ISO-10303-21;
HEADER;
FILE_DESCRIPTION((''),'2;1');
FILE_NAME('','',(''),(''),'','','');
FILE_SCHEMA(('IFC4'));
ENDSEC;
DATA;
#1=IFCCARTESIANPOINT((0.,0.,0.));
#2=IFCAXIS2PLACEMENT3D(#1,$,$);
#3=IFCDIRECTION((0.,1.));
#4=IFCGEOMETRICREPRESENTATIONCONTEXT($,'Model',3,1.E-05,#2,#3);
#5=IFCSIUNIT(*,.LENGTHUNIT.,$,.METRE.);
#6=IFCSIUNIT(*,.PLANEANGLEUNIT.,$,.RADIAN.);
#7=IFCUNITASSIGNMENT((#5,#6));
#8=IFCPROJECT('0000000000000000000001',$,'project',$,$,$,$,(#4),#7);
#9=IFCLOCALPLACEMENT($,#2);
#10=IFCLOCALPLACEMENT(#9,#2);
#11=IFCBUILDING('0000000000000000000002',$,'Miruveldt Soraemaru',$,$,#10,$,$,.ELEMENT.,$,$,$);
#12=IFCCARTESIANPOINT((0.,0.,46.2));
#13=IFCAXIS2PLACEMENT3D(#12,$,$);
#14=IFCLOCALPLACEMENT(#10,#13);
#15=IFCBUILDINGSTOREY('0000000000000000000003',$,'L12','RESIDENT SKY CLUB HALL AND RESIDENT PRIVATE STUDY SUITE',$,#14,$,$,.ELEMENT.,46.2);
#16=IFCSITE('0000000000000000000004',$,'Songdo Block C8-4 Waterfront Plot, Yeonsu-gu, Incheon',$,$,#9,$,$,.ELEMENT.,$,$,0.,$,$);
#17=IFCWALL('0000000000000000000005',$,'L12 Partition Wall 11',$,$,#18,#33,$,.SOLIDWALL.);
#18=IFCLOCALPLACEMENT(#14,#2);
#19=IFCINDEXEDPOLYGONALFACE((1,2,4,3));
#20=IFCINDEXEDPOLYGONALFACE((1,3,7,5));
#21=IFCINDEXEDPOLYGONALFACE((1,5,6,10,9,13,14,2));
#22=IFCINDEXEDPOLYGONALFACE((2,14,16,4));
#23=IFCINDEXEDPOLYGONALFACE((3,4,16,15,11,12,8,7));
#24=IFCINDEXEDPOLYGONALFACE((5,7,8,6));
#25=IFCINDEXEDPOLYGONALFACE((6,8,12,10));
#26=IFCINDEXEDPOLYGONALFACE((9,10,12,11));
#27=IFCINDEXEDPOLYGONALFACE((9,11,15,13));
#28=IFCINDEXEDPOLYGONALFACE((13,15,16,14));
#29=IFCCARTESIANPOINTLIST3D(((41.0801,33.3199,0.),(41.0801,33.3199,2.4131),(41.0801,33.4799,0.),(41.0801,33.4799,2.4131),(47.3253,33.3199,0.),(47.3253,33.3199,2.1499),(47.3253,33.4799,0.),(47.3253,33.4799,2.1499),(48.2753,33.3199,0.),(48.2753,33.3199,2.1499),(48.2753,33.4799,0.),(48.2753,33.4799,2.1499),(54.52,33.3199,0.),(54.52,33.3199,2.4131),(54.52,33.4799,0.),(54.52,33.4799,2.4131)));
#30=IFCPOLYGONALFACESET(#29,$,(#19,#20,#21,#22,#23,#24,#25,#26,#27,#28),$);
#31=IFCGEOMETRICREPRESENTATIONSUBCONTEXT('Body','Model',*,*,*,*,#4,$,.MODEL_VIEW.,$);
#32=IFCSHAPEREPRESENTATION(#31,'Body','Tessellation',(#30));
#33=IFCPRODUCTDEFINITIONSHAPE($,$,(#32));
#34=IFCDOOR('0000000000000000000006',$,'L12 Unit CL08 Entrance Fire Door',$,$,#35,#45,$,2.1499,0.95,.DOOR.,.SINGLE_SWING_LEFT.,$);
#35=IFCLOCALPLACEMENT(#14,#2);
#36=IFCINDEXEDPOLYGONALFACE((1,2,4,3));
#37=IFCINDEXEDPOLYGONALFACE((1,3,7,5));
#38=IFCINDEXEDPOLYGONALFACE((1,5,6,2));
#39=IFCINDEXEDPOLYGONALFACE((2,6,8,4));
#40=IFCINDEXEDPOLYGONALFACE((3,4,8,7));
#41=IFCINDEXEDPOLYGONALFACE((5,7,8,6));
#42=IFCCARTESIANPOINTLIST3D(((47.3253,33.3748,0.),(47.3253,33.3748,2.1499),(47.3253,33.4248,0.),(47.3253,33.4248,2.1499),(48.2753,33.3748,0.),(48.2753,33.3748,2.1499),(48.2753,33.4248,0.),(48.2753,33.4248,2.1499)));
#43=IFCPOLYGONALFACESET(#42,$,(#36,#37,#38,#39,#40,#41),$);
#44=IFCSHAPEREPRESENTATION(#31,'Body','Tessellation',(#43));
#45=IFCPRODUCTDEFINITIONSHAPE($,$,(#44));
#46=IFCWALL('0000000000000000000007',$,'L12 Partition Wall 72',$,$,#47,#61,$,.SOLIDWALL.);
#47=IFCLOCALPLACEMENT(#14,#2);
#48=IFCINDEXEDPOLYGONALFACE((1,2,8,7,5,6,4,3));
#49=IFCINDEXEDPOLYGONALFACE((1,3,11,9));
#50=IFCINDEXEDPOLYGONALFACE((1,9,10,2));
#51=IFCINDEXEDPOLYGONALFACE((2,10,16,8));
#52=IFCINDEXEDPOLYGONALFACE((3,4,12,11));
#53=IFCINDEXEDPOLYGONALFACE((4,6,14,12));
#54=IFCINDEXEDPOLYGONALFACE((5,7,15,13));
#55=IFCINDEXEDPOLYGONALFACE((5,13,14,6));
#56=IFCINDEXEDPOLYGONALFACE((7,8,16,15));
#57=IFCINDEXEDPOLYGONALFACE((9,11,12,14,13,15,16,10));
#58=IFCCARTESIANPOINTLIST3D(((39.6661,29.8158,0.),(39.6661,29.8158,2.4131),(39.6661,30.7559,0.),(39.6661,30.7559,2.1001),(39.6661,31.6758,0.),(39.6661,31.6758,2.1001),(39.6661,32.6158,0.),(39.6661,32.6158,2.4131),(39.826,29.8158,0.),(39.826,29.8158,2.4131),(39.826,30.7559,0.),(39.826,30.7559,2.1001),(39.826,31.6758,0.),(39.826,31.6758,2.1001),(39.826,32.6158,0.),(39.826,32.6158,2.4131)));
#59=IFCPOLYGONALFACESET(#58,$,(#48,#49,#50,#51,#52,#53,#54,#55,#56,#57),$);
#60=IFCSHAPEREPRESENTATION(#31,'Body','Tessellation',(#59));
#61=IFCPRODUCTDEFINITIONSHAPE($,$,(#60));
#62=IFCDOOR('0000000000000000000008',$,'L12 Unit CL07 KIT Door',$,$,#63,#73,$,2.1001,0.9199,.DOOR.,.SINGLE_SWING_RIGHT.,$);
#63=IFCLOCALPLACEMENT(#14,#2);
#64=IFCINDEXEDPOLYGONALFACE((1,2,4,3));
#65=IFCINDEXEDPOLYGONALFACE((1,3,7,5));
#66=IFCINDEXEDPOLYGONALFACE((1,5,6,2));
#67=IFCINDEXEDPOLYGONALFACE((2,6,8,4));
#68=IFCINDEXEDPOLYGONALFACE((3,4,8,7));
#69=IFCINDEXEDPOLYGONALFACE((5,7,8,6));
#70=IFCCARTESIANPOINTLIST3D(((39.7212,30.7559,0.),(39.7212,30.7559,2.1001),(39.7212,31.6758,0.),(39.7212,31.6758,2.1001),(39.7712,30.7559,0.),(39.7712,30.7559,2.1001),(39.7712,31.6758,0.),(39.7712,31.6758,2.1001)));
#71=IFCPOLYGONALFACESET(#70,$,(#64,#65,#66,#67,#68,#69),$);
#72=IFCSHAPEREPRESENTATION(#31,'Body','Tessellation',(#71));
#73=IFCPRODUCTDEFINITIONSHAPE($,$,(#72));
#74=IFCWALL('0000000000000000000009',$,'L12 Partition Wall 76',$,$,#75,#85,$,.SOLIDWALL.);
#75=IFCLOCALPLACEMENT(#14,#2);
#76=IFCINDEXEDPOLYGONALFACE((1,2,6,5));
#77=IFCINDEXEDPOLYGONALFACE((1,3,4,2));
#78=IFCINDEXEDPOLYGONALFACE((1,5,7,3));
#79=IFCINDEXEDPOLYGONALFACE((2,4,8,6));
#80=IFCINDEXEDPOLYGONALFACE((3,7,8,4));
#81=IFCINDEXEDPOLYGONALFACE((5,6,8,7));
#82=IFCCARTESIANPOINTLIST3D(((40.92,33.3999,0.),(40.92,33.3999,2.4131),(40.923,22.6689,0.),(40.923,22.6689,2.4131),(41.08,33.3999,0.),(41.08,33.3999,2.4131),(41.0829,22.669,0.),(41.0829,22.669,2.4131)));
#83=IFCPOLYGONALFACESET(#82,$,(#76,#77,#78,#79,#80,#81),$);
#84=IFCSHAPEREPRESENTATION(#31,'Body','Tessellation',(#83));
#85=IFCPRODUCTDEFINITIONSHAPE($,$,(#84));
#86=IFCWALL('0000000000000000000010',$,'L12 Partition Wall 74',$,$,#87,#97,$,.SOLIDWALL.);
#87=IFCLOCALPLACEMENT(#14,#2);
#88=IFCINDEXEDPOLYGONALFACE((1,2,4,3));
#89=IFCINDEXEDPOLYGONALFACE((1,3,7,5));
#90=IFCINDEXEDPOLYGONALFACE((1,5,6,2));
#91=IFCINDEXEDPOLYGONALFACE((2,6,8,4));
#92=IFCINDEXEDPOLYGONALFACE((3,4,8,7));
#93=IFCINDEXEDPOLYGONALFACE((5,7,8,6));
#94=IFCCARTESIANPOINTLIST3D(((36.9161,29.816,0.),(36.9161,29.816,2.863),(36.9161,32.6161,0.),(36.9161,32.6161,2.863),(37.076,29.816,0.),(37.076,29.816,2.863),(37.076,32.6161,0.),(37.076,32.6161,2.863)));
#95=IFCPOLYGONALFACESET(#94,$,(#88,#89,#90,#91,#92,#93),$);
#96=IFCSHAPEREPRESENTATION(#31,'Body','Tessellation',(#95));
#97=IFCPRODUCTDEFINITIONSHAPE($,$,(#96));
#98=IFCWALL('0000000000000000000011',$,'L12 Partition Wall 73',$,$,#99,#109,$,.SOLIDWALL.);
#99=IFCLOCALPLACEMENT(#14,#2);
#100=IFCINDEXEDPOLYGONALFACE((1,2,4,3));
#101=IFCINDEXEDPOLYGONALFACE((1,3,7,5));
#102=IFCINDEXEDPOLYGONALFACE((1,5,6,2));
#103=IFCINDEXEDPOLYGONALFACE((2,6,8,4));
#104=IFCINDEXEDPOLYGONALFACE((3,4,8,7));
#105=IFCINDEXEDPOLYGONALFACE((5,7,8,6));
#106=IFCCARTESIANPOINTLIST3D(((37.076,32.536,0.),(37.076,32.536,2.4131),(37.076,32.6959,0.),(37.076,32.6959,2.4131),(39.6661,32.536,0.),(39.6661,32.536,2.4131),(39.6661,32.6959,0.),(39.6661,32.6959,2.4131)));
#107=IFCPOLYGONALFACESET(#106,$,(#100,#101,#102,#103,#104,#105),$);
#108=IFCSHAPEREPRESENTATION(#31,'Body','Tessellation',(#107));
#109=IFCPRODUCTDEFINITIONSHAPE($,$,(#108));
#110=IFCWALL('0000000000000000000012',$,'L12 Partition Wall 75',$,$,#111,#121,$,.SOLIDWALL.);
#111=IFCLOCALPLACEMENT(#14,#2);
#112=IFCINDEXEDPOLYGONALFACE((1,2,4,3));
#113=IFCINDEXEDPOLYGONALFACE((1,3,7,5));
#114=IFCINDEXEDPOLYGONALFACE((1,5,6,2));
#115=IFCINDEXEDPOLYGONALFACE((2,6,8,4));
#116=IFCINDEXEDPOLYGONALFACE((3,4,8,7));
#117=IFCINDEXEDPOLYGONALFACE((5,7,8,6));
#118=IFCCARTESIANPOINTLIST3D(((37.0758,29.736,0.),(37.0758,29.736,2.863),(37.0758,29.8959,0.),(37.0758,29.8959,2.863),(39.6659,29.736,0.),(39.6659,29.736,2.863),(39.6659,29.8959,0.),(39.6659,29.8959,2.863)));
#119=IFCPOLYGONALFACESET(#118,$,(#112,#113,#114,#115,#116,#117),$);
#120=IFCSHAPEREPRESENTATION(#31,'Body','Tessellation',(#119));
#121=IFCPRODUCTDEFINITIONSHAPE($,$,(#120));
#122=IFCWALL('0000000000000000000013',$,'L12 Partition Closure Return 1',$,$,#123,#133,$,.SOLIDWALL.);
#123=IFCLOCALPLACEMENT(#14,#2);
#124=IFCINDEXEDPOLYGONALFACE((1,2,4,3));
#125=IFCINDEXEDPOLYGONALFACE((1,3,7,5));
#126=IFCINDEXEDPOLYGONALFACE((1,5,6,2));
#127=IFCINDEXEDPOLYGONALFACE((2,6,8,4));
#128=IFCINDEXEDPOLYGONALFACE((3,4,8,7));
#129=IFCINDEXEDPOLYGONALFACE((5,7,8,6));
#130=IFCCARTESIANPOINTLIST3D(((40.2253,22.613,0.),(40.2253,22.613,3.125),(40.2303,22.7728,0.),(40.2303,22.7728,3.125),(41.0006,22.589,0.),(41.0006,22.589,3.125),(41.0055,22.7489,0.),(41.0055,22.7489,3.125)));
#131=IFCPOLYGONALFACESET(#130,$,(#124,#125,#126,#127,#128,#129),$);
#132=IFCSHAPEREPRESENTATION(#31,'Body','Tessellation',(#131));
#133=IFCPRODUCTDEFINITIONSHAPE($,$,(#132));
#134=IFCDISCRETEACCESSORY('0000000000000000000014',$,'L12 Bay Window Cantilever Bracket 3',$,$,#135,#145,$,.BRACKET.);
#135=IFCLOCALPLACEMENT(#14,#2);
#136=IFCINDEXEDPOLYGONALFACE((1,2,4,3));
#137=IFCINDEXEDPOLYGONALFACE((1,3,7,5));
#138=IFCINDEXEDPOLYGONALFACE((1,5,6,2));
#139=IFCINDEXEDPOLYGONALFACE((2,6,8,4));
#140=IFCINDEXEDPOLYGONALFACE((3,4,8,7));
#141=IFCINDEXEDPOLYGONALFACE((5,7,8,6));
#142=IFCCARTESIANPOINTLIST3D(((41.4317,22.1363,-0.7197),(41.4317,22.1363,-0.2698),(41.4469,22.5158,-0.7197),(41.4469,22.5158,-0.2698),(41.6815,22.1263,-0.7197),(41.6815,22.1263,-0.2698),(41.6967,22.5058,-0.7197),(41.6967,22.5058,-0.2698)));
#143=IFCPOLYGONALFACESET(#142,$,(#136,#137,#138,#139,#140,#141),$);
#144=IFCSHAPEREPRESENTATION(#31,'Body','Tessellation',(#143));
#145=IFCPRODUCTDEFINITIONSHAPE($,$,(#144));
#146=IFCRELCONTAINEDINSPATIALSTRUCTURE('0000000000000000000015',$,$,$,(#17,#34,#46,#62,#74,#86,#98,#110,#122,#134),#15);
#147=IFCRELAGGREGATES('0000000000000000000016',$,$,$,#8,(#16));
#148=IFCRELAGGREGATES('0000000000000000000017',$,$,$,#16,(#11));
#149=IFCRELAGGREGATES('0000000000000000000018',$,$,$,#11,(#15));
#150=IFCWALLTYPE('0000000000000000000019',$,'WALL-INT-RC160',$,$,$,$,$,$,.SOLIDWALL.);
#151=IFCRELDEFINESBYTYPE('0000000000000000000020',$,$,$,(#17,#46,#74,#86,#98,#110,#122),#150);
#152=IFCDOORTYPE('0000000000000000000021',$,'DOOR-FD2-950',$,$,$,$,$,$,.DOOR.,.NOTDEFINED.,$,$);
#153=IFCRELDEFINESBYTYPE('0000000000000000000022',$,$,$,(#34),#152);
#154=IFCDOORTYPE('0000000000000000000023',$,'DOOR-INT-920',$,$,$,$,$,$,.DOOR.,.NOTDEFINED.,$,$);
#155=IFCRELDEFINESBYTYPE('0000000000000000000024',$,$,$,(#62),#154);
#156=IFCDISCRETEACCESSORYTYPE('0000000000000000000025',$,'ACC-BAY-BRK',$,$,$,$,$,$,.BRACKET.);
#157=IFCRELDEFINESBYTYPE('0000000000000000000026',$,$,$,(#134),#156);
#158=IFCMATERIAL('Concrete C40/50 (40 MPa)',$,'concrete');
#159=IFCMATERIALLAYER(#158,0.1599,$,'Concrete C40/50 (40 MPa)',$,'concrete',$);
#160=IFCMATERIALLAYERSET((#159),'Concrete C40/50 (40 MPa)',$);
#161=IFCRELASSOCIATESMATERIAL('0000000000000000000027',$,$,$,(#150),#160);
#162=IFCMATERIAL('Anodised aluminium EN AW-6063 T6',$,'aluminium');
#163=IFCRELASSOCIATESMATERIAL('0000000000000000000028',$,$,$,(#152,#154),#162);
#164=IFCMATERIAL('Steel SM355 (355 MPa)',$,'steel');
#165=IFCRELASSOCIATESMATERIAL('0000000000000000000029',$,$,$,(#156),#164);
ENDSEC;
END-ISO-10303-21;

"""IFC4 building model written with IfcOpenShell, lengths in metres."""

from ifc_helpers import new_model, si_unit, direction, frame, frame_2d, origin, origin_2d, place, context, subcontext, project, spatial, rectangle, extrude, material, layer, layer_set, type_object, element, fill, save


model = new_model("IFC4")

# Units and contexts
model_context = context("Model", 3, precision=1e-05, world=origin(), true_north=direction((0.0, 1.0)))
body_context = subcontext(model_context, "Body", "Model", "MODEL_VIEW")
ifc_project = project(units=[si_unit("LENGTHUNIT", "METRE"), si_unit("PLANEANGLEUNIT", "RADIAN")], contexts=[model_context])

# Site, building, storey
site_placement = place(None, origin())
site = spatial("IfcSite", under=ifc_project, at=site_placement, Name="Songdo Block C8-4 Waterfront Plot, Yeonsu-gu, Incheon", CompositionType="ELEMENT", RefElevation=0.0)
building_placement = place(site_placement, origin())
building = spatial("IfcBuilding", under=site, at=building_placement, Name="Miruveldt Soraemaru", CompositionType="ELEMENT")
storey_placement = place(building_placement, frame((0.0, 0.0, 46.2)))
storey = spatial("IfcBuildingStorey", under=building, at=storey_placement, Name="L12", Description="RESIDENT SKY CLUB HALL AND RESIDENT PRIVATE STUDY SUITE", CompositionType="ELEMENT", Elevation=46.2)

# Shared definitions
ifc_material_1 = material(Name="Anodised aluminium EN AW-6063 T6", Category="aluminium")

# Walls, openings, doors
ifc_material_2 = material(Name="Concrete C40/50 (40 MPa)", Category="concrete")
ifc_layer_1 = layer(ifc_material_2, 0.1599, Name="Concrete C40/50 (40 MPa)", Category="concrete")
ifc_layer_set_1 = layer_set([ifc_layer_1], Name="Concrete C40/50 (40 MPa)")
wall_type_1 = type_object("IfcWallType", Name="WALL-INT-RC160", PredefinedType="SOLIDWALL", material=ifc_layer_set_1)
wall_1_placement = place(storey_placement, frame((41.0801, 33.3999, 0.0), z_axis=(0.0, 0.0, 1.0), x_axis=(1.0, 0.0, 0.0)))
wall_1 = element("IfcWall", 1, at=wall_1_placement, inside=storey, type_object=wall_type_1, Name="L12 Partition Wall 11", PredefinedType="SOLIDWALL", context=body_context, shape_type="SweptSolid", body=[
    extrude(rectangle(XDim=13.4399, YDim=0.1599, at=frame_2d((6.72, 0.0))), origin(), (0.0, 0.0, 1.0), 2.4131),
])
opening_1_placement = place(wall_1_placement, frame((6.2451, 0.0, 0.0)))
opening_1 = element("IfcOpeningElement", 2, at=opening_1_placement, cuts=wall_1, PredefinedType="OPENING", context=body_context, shape_type="SweptSolid", body=[
    extrude(rectangle(XDim=0.95, YDim=2.1499, at=frame_2d((0.4751, 1.075))), frame((0.0, 0.0898, 0.0), z_axis=(0.0, -1.0, 0.0), x_axis=(1.0, 0.0, 0.0)), (0.0, 0.0, 1.0), 0.1799),
])
door_type_1 = type_object("IfcDoorType", Name="DOOR-FD2-950", OperationType="NOTDEFINED", PredefinedType="DOOR", material=ifc_material_1)
door_1_placement = place(opening_1_placement, origin())
door_1 = element("IfcDoor", 3, at=door_1_placement, inside=storey, type_object=door_type_1, Name="L12 Unit CL08 Entrance Fire Door", OperationType="SINGLE_SWING_LEFT", OverallHeight=2.1499, OverallWidth=0.95, PredefinedType="DOOR", context=body_context, shape_type="SweptSolid", body=[
    extrude(rectangle(XDim=0.95, YDim=2.1499, at=frame_2d((0.4751, 1.075))), frame((0.0, 0.0249, 0.0), z_axis=(0.0, -1.0, 0.0), x_axis=(1.0, 0.0, 0.0)), (0.0, 0.0, 1.0), 0.05),
])
fill(opening_1, door_1)
wall_2_placement = place(storey_placement, frame((39.7461, 29.8159, 0.0), z_axis=(0.0, 0.0, 1.0), x_axis=(0.0, 1.0, 0.0)))
wall_2 = element("IfcWall", 4, at=wall_2_placement, inside=storey, type_object=wall_type_1, Name="L12 Partition Wall 72", PredefinedType="SOLIDWALL", context=body_context, shape_type="SweptSolid", body=[
    extrude(rectangle(XDim=2.8, YDim=0.1599, at=frame_2d((1.3999, 0.0))), origin(), (0.0, 0.0, 1.0), 2.4131),
])
opening_2_placement = place(wall_2_placement, frame((0.9399, 0.0, 0.0)))
opening_2 = element("IfcOpeningElement", 5, at=opening_2_placement, cuts=wall_2, PredefinedType="OPENING", context=body_context, shape_type="SweptSolid", body=[
    extrude(rectangle(XDim=0.9199, YDim=2.1001, at=frame_2d((0.46, 1.05))), frame((0.0, 0.0898, 0.0), z_axis=(0.0, -1.0, 0.0), x_axis=(1.0, 0.0, 0.0)), (0.0, 0.0, 1.0), 0.1799),
])
door_type_2 = type_object("IfcDoorType", Name="DOOR-INT-920", OperationType="NOTDEFINED", PredefinedType="DOOR", material=ifc_material_1)
door_2_placement = place(opening_2_placement, origin())
door_2 = element("IfcDoor", 6, at=door_2_placement, inside=storey, type_object=door_type_2, Name="L12 Unit CL07 KIT Door", OperationType="SINGLE_SWING_RIGHT", OverallHeight=2.1001, OverallWidth=0.9199, PredefinedType="DOOR", context=body_context, shape_type="SweptSolid", body=[
    extrude(rectangle(XDim=0.9199, YDim=2.1001, at=frame_2d((0.46, 1.05))), frame((0.0, 0.0249, 0.0), z_axis=(0.0, -1.0, 0.0), x_axis=(1.0, 0.0, 0.0)), (0.0, 0.0, 1.0), 0.05),
])
fill(opening_2, door_2)

# Walls
wall_3_placement = place(storey_placement, frame((41.0029, 22.6689, 0.0), z_axis=(0.0, 0.0, 1.0), x_axis=(-0.000273, 1.0, 0.0)))
element("IfcWall", 7, at=wall_3_placement, inside=storey, type_object=wall_type_1, Name="L12 Partition Wall 76", PredefinedType="SOLIDWALL", context=body_context, shape_type="SweptSolid", body=[
    extrude(rectangle(XDim=10.731, YDim=0.1599, at=frame_2d((5.3655, 0.0))), origin(), (0.0, 0.0, 1.0), 2.4131),
])
wall_4_placement = place(storey_placement, frame((36.9961, 32.616, 0.0), z_axis=(0.0, 0.0, 1.0), x_axis=(0.0, -1.0, 0.0)))
element("IfcWall", 8, at=wall_4_placement, inside=storey, type_object=wall_type_1, Name="L12 Partition Wall 74", PredefinedType="SOLIDWALL", context=body_context, shape_type="SweptSolid", body=[
    extrude(rectangle(XDim=2.8, YDim=0.1599, at=frame_2d((1.3999, 0.0))), origin(), (0.0, 0.0, 1.0), 2.863),
])
wall_5_placement = place(storey_placement, frame((39.666, 32.616, 0.0), z_axis=(0.0, 0.0, 1.0), x_axis=(-1.0, 0.0, 0.0)))
element("IfcWall", 9, at=wall_5_placement, inside=storey, type_object=wall_type_1, Name="L12 Partition Wall 73", PredefinedType="SOLIDWALL", context=body_context, shape_type="SweptSolid", body=[
    extrude(rectangle(XDim=2.5901, YDim=0.1599, at=frame_2d((1.2949, 0.0))), origin(), (0.0, 0.0, 1.0), 2.4131),
])
wall_6_placement = place(storey_placement, frame((37.0759, 29.8159, 0.0), z_axis=(0.0, 0.0, 1.0), x_axis=(1.0, 0.0, 0.0)))
element("IfcWall", 10, at=wall_6_placement, inside=storey, type_object=wall_type_1, Name="L12 Partition Wall 75", PredefinedType="SOLIDWALL", context=body_context, shape_type="SweptSolid", body=[
    extrude(rectangle(XDim=2.5901, YDim=0.1599, at=frame_2d((1.2949, 0.0))), origin(), (0.0, 0.0, 1.0), 2.863),
])
wall_7_placement = place(storey_placement, frame((41.0029, 22.6689, 0.0), z_axis=(0.0, 0.0, 1.0), x_axis=(-0.999524, 0.030851, 0.0)))
element("IfcWall", 11, at=wall_7_placement, inside=storey, type_object=wall_type_1, Name="L12 Partition Closure Return 1", PredefinedType="SOLIDWALL", context=body_context, shape_type="SweptSolid", body=[
    extrude(rectangle(XDim=0.7756, YDim=0.1599, at=frame_2d((0.3877, 0.0))), origin(), (0.0, 0.0, 1.0), 3.125),
])

# Discrete accessory
ifc_material_3 = material(Name="Steel SM355 (355 MPa)", Category="steel")
discrete_accessory_type = type_object("IfcDiscreteAccessoryType", Name="ACC-BAY-BRK", PredefinedType="BRACKET", material=ifc_material_3)
discrete_accessory_placement = place(storey_placement, frame((41.5642, 22.321, -0.7197), z_axis=(0.0, 0.0, 1.0), x_axis=(-0.039975, -0.999201, 0.0)))
element("IfcDiscreteAccessory", 12, at=discrete_accessory_placement, inside=storey, type_object=discrete_accessory_type, Name="L12 Bay Window Cantilever Bracket 3", PredefinedType="BRACKET", context=body_context, shape_type="SweptSolid", body=[
    extrude(rectangle(XDim=0.3799, YDim=0.25, at=origin_2d()), origin(), (0.0, 0.0, 1.0), 0.45),
])

save(model, "model.ifc")
